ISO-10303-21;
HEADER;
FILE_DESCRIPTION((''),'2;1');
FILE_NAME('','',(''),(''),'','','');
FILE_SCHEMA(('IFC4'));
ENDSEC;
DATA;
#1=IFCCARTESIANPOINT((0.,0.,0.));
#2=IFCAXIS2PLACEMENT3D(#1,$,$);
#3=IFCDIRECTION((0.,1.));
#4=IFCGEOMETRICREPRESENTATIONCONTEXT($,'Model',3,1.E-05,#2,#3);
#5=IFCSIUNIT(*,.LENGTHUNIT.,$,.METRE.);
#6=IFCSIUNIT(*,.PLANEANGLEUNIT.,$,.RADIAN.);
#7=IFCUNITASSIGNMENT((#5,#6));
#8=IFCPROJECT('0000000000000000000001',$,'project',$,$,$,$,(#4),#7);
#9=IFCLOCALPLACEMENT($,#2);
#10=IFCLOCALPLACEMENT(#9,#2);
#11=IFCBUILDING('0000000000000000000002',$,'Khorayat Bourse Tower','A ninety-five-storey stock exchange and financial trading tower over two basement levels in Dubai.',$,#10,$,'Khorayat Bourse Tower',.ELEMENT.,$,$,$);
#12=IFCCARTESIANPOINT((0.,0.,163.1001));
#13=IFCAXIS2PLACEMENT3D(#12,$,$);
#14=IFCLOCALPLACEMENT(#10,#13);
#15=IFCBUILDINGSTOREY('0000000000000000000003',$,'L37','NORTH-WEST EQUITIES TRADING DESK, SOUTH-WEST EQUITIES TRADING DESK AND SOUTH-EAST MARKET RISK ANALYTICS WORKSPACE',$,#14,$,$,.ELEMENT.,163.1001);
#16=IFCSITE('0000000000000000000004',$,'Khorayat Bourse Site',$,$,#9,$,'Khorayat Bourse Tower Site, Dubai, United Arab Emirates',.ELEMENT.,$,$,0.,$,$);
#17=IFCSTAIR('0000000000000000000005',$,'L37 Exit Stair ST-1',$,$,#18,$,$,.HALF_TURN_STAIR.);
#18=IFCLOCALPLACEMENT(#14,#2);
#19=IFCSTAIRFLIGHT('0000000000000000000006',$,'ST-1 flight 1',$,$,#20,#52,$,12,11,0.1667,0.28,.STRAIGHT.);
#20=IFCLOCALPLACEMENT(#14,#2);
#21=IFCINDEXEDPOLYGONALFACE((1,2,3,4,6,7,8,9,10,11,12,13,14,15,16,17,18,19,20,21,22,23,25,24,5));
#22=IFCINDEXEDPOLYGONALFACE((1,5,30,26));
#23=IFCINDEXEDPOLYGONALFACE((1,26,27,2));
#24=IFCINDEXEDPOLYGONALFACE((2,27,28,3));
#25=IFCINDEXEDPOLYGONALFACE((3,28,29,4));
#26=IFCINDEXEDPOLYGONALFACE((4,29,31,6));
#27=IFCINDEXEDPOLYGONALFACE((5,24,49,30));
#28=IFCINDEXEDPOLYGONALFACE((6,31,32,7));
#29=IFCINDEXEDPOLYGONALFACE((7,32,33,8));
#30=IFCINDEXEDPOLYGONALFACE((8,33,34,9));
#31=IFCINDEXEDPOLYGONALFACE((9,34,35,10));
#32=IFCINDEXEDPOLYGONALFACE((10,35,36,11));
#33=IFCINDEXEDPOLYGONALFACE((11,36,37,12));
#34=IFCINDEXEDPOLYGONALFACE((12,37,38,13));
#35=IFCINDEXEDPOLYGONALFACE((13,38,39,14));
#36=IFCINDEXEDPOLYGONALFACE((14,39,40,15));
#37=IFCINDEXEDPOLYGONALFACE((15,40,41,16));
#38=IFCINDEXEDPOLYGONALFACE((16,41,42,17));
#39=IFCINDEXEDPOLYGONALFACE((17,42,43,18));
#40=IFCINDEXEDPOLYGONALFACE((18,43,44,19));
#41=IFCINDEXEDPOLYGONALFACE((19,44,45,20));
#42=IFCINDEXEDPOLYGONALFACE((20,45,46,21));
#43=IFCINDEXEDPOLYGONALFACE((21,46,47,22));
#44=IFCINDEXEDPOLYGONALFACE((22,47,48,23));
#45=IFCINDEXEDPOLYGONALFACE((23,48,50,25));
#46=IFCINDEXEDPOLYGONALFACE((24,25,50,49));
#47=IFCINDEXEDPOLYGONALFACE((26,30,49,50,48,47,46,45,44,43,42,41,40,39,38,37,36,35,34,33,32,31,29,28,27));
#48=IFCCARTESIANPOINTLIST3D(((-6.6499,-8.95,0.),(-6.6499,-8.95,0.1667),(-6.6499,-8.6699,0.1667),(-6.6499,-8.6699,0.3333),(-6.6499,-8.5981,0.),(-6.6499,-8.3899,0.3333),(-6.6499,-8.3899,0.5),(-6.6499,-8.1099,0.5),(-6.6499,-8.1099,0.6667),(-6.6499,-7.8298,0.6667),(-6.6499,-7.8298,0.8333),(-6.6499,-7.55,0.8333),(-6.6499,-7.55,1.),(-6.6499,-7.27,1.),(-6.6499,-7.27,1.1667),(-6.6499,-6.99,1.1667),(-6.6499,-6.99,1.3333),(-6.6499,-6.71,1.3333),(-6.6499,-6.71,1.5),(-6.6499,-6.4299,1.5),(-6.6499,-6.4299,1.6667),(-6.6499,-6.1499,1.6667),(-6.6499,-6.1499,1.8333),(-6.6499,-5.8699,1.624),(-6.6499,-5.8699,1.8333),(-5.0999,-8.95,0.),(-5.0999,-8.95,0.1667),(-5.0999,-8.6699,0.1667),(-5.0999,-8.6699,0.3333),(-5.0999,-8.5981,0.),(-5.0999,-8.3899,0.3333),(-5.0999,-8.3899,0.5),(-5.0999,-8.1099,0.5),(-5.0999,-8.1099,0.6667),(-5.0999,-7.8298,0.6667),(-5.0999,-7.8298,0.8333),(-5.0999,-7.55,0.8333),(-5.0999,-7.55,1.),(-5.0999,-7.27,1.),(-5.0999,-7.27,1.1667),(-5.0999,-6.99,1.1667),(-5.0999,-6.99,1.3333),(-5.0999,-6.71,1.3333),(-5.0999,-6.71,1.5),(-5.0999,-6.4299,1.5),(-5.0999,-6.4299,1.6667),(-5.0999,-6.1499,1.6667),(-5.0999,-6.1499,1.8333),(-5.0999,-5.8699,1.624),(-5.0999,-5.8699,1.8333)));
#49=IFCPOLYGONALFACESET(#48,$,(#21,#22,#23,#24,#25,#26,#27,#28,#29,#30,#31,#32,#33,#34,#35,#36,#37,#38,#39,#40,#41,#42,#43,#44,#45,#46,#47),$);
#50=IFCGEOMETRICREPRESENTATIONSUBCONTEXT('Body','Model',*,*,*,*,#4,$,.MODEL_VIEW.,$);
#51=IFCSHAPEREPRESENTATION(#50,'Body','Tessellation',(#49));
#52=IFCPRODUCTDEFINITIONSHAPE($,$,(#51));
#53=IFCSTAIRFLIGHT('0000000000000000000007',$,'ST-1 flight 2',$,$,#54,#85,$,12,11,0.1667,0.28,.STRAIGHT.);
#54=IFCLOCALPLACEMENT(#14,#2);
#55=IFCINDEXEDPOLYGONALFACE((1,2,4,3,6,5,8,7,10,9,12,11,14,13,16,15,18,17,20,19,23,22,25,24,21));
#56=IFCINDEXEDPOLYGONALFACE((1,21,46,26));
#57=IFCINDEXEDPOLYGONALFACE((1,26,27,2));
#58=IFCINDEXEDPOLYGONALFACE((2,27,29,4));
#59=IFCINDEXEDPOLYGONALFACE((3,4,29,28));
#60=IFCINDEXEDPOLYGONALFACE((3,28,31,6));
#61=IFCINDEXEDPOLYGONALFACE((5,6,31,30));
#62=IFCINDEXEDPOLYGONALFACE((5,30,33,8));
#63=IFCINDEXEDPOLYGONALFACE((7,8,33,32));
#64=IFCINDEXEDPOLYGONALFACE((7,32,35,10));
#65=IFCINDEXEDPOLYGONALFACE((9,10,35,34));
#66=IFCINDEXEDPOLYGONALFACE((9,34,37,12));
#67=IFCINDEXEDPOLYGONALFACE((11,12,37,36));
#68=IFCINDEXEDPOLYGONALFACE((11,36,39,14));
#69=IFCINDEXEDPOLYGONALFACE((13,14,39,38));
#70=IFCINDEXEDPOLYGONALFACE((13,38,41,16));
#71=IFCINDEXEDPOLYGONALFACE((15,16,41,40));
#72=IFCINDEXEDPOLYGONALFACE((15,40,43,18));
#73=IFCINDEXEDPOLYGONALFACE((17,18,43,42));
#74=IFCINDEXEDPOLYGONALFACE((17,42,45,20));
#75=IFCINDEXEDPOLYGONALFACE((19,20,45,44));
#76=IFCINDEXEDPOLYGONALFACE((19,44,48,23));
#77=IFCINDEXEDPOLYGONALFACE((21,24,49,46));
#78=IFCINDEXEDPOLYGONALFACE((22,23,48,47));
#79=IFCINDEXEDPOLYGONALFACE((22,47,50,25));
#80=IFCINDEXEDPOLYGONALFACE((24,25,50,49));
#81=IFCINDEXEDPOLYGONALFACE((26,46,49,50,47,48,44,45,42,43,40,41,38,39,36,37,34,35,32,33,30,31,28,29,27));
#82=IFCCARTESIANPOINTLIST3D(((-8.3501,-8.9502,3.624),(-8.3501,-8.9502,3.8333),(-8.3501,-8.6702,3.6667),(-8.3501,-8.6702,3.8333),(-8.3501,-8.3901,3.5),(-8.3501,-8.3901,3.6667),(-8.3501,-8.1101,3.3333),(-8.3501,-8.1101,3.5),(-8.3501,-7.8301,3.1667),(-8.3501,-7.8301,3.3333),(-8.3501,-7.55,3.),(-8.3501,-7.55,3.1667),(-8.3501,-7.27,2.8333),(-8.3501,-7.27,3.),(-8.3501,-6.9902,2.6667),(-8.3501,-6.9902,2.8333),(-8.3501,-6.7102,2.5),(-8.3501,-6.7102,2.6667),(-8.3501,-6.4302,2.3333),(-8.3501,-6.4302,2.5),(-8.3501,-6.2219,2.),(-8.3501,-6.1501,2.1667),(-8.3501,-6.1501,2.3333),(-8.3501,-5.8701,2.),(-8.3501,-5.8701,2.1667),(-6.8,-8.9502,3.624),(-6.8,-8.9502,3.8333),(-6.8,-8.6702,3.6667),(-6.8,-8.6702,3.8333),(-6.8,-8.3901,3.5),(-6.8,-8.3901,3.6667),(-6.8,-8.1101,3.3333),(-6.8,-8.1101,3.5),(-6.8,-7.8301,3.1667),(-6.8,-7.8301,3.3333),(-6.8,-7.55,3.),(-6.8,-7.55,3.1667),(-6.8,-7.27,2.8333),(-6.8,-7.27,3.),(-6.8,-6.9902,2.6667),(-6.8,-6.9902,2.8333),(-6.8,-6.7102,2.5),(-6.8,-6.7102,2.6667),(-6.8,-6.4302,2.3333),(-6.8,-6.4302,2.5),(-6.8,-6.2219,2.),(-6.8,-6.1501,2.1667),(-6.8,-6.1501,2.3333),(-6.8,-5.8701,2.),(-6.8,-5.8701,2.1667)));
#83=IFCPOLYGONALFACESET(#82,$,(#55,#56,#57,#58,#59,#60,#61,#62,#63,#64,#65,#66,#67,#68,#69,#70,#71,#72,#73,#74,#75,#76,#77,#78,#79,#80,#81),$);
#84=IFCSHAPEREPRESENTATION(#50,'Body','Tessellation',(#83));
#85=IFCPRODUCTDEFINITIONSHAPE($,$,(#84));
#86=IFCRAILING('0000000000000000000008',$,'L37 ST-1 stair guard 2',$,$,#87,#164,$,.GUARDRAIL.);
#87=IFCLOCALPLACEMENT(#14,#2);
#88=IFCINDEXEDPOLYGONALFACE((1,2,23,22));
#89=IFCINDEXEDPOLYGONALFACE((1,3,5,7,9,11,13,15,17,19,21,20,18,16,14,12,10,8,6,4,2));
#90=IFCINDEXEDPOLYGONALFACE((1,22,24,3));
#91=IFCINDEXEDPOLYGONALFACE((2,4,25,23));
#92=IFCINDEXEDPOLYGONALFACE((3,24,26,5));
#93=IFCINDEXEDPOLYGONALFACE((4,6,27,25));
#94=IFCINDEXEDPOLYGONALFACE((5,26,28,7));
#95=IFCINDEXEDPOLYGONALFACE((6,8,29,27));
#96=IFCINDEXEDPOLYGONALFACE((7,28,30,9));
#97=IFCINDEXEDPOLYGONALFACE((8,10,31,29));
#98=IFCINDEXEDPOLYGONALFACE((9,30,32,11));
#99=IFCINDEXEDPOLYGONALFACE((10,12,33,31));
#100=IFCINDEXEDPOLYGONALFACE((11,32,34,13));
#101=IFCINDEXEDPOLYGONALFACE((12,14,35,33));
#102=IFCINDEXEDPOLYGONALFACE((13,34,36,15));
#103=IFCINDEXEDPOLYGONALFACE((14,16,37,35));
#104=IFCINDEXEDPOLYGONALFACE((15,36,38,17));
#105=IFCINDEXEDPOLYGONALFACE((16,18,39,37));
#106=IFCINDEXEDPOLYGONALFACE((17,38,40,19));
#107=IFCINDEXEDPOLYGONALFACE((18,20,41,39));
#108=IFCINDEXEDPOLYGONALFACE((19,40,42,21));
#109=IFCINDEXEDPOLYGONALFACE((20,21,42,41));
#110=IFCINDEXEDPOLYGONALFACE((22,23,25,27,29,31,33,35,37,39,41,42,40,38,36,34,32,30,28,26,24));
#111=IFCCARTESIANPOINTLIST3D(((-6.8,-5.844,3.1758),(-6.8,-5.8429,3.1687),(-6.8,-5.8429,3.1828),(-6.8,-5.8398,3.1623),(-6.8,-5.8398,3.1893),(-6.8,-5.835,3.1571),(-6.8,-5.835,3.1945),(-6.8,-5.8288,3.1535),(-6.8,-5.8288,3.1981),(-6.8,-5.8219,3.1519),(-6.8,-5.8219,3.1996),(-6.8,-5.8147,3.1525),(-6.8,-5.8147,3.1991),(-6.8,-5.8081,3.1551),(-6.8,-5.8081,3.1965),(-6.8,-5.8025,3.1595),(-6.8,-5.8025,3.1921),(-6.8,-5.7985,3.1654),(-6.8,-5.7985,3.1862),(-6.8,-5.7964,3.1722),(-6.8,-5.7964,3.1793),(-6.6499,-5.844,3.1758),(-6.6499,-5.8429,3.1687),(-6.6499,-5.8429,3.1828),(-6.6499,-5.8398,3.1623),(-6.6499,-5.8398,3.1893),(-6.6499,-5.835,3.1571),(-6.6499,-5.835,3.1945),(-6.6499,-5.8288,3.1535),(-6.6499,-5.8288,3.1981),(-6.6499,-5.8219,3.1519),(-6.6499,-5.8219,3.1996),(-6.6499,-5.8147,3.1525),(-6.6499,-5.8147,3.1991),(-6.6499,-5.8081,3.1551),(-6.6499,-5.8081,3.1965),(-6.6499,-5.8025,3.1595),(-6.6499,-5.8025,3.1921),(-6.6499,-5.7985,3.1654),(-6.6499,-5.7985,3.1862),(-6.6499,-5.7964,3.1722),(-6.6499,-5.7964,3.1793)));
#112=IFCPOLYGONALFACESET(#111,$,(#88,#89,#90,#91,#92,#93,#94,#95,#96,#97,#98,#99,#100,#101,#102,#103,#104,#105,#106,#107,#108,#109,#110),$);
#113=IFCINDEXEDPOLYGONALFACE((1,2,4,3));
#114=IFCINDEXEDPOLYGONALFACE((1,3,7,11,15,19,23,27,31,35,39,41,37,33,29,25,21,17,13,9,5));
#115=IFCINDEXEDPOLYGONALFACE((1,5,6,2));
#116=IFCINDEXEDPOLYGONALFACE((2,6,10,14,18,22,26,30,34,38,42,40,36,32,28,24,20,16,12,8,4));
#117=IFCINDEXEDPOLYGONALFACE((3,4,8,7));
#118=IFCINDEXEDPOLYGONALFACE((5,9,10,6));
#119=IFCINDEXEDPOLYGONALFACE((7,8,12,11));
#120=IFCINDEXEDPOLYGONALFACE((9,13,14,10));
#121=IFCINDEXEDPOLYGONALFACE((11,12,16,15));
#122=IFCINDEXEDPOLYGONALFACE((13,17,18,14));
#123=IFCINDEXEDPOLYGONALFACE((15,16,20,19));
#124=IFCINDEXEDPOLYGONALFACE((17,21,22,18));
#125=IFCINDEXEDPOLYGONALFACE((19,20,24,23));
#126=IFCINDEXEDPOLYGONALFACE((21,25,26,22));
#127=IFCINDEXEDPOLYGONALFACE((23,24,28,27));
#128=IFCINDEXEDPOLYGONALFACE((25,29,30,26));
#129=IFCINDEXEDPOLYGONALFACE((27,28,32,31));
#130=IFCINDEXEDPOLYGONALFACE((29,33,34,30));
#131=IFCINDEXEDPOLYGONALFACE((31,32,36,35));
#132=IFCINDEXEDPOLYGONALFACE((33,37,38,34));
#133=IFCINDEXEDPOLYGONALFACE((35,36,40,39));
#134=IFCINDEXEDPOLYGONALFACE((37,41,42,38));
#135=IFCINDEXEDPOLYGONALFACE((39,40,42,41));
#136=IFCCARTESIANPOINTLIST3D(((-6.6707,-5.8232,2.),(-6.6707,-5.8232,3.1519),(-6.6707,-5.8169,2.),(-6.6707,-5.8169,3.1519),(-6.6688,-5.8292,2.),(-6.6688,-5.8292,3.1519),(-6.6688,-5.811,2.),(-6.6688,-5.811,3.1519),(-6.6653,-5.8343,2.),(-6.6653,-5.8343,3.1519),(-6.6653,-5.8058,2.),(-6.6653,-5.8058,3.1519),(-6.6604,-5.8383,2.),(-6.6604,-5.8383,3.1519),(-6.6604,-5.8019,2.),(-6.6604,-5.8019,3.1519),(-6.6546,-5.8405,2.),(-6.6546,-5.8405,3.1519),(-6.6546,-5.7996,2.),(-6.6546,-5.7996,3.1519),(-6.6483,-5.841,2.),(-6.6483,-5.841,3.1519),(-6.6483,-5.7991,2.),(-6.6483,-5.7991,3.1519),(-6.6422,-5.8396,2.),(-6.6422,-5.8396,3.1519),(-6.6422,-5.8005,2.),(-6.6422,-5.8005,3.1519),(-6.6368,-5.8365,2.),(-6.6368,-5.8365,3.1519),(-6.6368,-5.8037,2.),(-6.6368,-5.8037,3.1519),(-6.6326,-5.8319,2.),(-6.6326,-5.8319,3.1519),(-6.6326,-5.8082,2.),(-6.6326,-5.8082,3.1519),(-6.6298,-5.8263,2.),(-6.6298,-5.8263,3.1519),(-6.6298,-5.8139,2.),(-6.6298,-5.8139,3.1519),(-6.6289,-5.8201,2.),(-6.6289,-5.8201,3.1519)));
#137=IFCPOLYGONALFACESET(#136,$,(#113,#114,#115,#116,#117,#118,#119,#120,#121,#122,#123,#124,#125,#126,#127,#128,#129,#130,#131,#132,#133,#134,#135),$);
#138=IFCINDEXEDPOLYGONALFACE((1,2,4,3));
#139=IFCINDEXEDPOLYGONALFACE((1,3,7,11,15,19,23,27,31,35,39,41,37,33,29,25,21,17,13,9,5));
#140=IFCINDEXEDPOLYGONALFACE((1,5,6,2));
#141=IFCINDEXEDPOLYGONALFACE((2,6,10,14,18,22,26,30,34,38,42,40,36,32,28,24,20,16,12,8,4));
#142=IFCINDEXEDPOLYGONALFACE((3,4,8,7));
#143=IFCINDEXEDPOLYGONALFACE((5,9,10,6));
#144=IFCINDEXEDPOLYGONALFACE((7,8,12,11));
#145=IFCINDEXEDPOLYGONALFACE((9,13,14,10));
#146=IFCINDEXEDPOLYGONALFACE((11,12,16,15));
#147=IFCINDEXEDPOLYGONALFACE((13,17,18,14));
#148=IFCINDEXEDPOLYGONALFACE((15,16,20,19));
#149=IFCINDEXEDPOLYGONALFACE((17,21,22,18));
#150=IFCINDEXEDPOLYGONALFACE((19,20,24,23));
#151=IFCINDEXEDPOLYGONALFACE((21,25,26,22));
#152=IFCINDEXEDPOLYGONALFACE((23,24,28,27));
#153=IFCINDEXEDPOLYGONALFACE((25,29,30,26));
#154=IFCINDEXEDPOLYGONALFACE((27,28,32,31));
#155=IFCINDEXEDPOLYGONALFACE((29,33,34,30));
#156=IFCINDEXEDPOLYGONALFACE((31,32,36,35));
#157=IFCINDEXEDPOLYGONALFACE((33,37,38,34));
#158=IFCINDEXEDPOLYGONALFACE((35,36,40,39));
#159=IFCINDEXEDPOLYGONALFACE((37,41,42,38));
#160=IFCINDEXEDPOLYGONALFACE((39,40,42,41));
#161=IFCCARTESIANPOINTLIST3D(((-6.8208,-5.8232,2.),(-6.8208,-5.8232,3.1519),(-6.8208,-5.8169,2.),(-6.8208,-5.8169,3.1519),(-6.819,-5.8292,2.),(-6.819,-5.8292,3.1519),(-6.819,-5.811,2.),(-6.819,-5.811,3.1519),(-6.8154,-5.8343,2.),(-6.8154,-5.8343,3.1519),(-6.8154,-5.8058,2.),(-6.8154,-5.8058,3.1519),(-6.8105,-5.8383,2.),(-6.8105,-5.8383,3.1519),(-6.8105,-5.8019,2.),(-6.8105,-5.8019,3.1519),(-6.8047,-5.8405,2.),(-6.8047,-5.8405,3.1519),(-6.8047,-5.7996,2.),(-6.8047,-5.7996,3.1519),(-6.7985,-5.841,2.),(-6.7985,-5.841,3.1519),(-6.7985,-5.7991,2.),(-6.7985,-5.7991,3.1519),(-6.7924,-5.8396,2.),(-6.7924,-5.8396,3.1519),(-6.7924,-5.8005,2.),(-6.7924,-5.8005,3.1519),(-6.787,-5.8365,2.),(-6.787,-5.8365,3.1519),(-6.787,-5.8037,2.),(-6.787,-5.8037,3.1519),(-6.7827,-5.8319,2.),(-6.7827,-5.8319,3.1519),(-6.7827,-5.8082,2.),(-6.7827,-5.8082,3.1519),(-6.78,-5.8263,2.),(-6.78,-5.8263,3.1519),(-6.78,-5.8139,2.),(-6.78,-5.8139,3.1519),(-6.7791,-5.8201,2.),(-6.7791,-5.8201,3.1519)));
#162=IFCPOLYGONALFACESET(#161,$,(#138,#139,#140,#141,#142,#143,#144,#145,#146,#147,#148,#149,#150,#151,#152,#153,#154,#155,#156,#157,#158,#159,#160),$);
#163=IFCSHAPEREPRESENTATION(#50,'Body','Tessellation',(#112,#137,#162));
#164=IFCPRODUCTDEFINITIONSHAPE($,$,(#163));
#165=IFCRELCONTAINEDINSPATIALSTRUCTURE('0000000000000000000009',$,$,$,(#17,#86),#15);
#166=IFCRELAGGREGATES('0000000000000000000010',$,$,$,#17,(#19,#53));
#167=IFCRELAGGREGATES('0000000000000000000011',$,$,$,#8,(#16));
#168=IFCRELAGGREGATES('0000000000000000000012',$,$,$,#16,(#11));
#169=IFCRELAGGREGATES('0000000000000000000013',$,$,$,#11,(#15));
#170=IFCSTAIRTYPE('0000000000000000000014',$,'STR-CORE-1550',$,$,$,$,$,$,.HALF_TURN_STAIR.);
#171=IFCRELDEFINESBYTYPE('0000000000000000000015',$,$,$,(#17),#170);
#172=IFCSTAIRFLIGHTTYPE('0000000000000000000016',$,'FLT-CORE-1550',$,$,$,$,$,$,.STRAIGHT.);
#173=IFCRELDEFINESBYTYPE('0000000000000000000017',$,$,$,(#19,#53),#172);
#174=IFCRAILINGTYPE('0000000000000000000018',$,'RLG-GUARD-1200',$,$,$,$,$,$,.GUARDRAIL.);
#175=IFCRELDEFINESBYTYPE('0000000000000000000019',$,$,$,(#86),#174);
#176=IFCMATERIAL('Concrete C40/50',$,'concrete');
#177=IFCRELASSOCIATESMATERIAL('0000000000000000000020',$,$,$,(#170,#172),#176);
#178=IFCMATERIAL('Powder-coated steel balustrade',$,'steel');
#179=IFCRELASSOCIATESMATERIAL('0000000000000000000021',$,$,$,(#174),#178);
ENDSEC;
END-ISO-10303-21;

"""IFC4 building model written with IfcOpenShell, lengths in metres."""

from ifc_helpers import new_model, si_unit, direction, frame, origin, origin_2d, place, context, subcontext, project, spatial, polyline, circle, outline, extrude, source, transform, mapped, material, type_object, element, aggregate, save


model = new_model("IFC4")

# Units and contexts
model_context = context("Model", 3, precision=1e-05, world=origin(), true_north=direction((0.0, 1.0)))
body_context = subcontext(model_context, "Body", "Model", "MODEL_VIEW")
ifc_project = project(units=[si_unit("LENGTHUNIT", "METRE"), si_unit("PLANEANGLEUNIT", "RADIAN")], contexts=[model_context])

# Site, building, storey
site_placement = place(None, origin())
site = spatial("IfcSite", under=ifc_project, at=site_placement, Name="Khorayat Bourse Site", LongName="Khorayat Bourse Tower Site, Dubai, United Arab Emirates", CompositionType="ELEMENT", RefElevation=0.0)
building_placement = place(site_placement, origin())
building = spatial("IfcBuilding", under=site, at=building_placement, Name="Khorayat Bourse Tower", Description="A ninety-five-storey stock exchange and financial trading tower over two basement levels in Dubai.", LongName="Khorayat Bourse Tower", CompositionType="ELEMENT")
storey_placement = place(building_placement, frame((0.0, 0.0, 163.1001)))
storey = spatial("IfcBuildingStorey", under=building, at=storey_placement, Name="L37", Description="NORTH-WEST EQUITIES TRADING DESK, SOUTH-WEST EQUITIES TRADING DESK AND SOUTH-EAST MARKET RISK ANALYTICS WORKSPACE", CompositionType="ELEMENT", Elevation=163.1001)

# Stair, stair flights
ifc_material_1 = material(Name="Concrete C40/50", Category="concrete")
stair_type = type_object("IfcStairType", Name="STR-CORE-1550", PredefinedType="HALF_TURN_STAIR", material=ifc_material_1)
stair_placement = place(storey_placement, origin())
stair = element("IfcStair", 1, at=stair_placement, inside=storey, type_object=stair_type, Name="L37 Exit Stair ST-1", PredefinedType="HALF_TURN_STAIR")
stair_flight_type = type_object("IfcStairFlightType", Name="FLT-CORE-1550", PredefinedType="STRAIGHT", material=ifc_material_1)
shared_shape_1 = source(origin(), body_context, "Body", "SweptSolid", [
    extrude(outline(polyline([(0.0, 0.0), (0.0, 0.1667), (0.28, 0.1667), (0.28, 0.3333), (0.5601, 0.3333), (0.5601, 0.5), (0.8401, 0.5), (0.8401, 0.6667), (1.1201, 0.6667), (1.1201, 0.8333), (1.3999, 0.8333), (1.3999, 1.0), (1.6799, 1.0), (1.6799, 1.1667), (1.96, 1.1667), (1.96, 1.3333), (2.24, 1.3333), (2.24, 1.5), (2.52, 1.5), (2.52, 1.6667), (2.8, 1.6667), (2.8, 1.8333), (3.0801, 1.8333), (3.0801, 2.0), (3.0801, 1.624), (0.3518, 0.0), (0.0, 0.0)])), frame((0.0, 0.7749, 0.0), z_axis=(0.0, -1.0, 0.0), x_axis=(1.0, 0.0, 0.0)), (0.0, 0.0, 1.0), 1.55),
])
stair_flight_1_placement = place(storey_placement, frame((-5.875, -8.95, 0.0), z_axis=(0.0, 0.0, 1.0), x_axis=(0.0, 1.0, 0.0)))
stair_flight_1 = element("IfcStairFlight", 2, at=stair_flight_1_placement, type_object=stair_flight_type, Name="ST-1 flight 1", NumberOfRisers=12, NumberOfTreads=11, PredefinedType="STRAIGHT", RiserHeight=0.1667, TreadLength=0.28, context=body_context, shape_type="MappedRepresentation", body=[
    mapped(shared_shape_1, transform((0.0, 0.0, 0.0), scale=1.0)),
])
stair_flight_2_placement = place(storey_placement, frame((-7.575, -5.8701, 2.0), z_axis=(0.0, 0.0, 1.0), x_axis=(0.0, -1.0, 0.0)))
stair_flight_2 = element("IfcStairFlight", 3, at=stair_flight_2_placement, type_object=stair_flight_type, Name="ST-1 flight 2", NumberOfRisers=12, NumberOfTreads=11, PredefinedType="STRAIGHT", RiserHeight=0.1667, TreadLength=0.28, context=body_context, shape_type="MappedRepresentation", body=[
    mapped(shared_shape_1, transform((0.0, 0.0, 0.0), scale=1.0)),
])
aggregate(stair, [stair_flight_1, stair_flight_2])

# Railing
ifc_material_2 = material(Name="Powder-coated steel balustrade", Category="steel")
railing_type_1 = type_object("IfcRailingType", Name="RLG-GUARD-1200", PredefinedType="GUARDRAIL", material=ifc_material_2)
shared_shape_2 = source(origin(), body_context, "Body", "SweptSolid", [
    extrude(circle(Radius=0.0239, at=origin_2d()), frame((0.0, 0.0, 1.1758), z_axis=(-1.0, 0.0, 0.0), x_axis=(0.0, -1.0, 0.0)), (0.0, 0.0, 1.0), 0.1501),
    extrude(circle(Radius=0.021, at=origin_2d()), origin(), (0.0, 0.0, 1.0), 1.1519),
    extrude(circle(Radius=0.021, at=origin_2d()), frame((-0.1501, 0.0, 0.0)), (0.0, 0.0, 1.0), 1.1519),
])
for number, where, name in (
    (4, (-6.6499, -5.8201, 2.0), "L37 ST-1 stair guard 2"),
):
    element("IfcRailing", number, at=place(storey_placement, frame(where)), inside=storey, type_object=railing_type_1, Name=name, PredefinedType="GUARDRAIL", context=body_context, shape_type="MappedRepresentation", body=[
        mapped(shared_shape_2, transform((0.0, 0.0, 0.0), scale=1.0)),
    ])

save(model, "model.ifc")
